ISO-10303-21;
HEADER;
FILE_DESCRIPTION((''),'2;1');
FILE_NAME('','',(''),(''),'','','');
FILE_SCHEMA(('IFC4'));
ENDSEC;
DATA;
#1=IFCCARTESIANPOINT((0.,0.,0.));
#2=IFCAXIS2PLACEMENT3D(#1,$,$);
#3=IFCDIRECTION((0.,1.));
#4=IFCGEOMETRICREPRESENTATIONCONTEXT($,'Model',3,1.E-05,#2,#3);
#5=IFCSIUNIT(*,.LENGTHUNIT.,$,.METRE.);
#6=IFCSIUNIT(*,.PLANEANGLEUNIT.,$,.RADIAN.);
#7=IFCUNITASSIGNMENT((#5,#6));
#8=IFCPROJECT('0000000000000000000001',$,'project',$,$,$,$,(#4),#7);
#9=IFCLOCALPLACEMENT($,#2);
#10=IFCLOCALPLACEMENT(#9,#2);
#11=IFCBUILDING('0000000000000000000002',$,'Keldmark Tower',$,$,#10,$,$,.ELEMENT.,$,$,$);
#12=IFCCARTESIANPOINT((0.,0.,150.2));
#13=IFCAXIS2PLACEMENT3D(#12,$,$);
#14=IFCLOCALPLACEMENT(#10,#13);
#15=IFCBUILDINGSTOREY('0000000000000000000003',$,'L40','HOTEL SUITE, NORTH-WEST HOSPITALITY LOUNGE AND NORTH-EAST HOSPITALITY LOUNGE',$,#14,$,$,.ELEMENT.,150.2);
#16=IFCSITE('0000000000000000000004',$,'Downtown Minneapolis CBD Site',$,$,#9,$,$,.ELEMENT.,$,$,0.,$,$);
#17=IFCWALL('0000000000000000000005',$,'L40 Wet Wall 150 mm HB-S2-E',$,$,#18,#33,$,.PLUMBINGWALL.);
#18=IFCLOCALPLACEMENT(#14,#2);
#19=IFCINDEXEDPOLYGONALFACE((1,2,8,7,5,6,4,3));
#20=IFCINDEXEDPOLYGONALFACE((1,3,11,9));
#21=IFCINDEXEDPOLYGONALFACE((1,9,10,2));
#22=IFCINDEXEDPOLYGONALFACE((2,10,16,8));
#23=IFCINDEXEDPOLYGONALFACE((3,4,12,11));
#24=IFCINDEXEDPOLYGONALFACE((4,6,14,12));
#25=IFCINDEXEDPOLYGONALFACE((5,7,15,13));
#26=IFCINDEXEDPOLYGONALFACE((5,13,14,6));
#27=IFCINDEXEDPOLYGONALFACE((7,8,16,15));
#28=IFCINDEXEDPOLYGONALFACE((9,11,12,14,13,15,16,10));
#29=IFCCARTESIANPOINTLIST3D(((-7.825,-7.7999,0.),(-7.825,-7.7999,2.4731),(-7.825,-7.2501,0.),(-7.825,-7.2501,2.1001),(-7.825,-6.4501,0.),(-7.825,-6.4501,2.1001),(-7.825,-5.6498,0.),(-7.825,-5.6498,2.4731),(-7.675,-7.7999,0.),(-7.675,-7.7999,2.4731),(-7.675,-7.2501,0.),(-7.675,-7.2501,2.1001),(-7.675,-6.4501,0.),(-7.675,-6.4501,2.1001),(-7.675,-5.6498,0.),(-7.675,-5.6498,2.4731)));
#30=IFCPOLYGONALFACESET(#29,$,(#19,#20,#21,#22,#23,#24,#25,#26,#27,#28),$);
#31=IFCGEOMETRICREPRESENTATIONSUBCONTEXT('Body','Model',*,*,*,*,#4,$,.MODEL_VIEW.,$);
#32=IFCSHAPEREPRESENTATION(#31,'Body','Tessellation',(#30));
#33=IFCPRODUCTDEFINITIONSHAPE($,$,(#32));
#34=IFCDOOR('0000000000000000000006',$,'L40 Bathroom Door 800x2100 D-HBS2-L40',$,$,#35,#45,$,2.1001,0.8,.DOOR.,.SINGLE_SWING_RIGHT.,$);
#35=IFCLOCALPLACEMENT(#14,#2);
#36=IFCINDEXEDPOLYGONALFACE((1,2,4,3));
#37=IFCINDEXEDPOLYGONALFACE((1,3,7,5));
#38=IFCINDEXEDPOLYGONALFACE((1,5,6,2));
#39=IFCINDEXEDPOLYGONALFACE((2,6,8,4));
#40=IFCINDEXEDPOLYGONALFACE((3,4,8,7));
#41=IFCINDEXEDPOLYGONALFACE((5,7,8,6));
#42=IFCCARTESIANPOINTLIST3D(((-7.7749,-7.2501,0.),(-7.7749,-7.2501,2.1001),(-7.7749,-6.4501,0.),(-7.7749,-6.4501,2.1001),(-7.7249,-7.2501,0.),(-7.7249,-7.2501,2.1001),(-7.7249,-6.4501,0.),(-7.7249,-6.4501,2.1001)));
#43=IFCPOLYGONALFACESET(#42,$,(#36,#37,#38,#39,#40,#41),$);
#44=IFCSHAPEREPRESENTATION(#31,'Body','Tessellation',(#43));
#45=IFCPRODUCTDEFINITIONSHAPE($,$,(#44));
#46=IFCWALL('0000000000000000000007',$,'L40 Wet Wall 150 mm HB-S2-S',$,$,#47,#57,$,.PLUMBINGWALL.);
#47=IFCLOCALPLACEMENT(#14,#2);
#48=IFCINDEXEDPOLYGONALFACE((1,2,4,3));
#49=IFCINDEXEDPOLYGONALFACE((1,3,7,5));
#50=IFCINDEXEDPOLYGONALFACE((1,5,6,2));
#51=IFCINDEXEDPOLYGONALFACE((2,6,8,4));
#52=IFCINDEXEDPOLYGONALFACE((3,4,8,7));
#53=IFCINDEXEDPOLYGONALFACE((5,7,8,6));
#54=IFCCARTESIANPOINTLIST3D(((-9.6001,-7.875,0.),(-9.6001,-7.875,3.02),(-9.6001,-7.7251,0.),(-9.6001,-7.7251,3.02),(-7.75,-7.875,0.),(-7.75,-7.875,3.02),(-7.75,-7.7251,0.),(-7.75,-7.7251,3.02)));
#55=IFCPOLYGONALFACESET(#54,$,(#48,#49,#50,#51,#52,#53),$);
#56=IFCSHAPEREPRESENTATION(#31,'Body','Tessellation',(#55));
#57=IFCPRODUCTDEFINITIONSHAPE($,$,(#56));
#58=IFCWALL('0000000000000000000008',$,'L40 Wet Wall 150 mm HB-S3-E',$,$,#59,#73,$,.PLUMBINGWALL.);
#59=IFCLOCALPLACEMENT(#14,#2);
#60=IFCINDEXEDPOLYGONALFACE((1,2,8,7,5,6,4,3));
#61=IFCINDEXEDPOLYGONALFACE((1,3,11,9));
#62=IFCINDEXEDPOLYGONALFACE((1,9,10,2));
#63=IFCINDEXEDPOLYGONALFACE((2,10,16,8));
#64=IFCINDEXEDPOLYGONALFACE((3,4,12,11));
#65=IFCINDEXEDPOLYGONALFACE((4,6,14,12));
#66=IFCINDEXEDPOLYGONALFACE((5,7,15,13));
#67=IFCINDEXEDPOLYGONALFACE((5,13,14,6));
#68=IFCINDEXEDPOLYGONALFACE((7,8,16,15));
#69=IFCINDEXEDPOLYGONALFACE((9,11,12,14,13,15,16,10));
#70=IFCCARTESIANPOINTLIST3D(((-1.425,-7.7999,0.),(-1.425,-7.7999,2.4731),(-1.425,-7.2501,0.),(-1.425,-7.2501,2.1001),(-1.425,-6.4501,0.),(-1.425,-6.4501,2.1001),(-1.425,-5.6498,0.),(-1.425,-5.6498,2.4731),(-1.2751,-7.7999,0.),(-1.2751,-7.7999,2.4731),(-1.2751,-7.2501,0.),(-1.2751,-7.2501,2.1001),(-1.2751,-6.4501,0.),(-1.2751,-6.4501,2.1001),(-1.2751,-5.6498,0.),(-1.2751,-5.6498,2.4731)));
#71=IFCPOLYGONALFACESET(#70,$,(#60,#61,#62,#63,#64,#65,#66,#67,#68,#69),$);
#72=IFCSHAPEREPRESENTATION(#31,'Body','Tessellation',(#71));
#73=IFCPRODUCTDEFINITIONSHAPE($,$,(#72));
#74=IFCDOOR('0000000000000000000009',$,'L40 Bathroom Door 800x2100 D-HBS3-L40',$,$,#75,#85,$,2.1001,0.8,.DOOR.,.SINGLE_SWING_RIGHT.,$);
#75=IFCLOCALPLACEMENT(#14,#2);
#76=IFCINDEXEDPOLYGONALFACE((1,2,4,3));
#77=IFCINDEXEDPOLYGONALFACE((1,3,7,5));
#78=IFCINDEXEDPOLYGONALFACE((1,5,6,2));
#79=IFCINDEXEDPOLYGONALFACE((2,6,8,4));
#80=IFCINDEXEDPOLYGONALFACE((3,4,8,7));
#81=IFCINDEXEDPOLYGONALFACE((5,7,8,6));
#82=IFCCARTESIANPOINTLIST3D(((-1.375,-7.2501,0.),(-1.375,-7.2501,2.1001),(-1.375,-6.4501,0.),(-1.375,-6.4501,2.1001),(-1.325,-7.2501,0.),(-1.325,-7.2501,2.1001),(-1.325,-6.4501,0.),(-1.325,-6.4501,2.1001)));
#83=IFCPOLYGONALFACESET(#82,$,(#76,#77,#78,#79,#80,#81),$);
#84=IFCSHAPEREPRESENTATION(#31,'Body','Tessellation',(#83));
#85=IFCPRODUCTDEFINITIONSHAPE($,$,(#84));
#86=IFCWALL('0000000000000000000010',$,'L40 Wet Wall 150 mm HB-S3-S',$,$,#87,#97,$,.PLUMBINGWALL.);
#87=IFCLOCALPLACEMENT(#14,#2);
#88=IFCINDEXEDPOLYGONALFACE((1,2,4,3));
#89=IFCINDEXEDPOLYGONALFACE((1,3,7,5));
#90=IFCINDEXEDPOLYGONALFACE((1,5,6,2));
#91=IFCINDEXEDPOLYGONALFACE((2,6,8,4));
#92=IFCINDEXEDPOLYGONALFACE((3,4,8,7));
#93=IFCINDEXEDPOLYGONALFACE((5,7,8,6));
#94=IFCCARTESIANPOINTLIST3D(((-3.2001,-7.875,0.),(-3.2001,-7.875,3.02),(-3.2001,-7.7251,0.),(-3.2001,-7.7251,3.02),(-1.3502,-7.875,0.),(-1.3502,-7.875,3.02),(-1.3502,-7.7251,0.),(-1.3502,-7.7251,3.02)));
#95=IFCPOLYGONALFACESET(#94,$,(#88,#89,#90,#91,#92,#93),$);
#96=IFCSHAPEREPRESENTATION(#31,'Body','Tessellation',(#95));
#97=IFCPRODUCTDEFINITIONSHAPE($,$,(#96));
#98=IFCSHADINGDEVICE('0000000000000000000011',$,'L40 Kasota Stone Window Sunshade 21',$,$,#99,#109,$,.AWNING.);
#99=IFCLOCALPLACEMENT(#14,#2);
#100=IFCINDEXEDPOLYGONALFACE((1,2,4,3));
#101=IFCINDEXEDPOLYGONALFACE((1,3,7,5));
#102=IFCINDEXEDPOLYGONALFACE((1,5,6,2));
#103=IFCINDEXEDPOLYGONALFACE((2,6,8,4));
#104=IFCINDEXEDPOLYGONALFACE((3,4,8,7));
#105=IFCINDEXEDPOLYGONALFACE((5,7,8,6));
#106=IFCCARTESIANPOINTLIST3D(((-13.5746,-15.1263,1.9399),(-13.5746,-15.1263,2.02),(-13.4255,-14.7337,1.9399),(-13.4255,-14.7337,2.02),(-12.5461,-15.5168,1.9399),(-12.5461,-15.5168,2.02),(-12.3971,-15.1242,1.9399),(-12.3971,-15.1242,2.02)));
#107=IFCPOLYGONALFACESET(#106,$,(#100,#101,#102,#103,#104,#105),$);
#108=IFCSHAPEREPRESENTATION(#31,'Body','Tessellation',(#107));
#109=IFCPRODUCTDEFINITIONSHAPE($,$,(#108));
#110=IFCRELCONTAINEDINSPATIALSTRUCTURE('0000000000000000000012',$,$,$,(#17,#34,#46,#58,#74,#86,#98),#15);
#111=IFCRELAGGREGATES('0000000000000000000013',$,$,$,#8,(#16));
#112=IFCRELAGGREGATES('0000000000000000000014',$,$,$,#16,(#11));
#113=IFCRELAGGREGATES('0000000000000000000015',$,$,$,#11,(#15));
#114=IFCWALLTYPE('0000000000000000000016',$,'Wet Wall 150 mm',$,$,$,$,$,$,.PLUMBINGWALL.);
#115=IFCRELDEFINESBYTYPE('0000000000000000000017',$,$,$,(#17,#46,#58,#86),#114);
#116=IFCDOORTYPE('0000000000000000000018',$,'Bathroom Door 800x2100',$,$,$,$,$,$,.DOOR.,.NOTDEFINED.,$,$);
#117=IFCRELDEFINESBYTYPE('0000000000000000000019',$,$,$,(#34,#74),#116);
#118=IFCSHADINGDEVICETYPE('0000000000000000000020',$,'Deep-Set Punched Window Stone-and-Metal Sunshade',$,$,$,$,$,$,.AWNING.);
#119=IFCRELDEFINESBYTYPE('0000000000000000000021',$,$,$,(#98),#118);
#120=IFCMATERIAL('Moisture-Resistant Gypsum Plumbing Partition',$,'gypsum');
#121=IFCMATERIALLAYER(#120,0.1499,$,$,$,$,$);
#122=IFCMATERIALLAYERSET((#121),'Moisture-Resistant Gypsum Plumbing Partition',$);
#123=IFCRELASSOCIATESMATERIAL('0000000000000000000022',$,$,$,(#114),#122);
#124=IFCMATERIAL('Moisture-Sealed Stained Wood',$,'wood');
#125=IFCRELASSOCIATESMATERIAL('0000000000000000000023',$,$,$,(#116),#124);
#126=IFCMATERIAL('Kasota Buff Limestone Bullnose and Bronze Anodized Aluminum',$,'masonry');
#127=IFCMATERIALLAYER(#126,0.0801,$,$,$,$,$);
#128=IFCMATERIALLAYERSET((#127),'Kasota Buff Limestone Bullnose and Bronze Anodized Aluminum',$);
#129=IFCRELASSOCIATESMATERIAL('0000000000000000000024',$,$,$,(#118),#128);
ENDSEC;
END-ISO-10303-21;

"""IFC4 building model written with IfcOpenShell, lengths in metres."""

from ifc_helpers import new_model, si_unit, direction, frame, frame_2d, origin, origin_2d, place, context, subcontext, project, spatial, rectangle, extrude, material, layer, layer_set, type_object, element, fill, save


model = new_model("IFC4")

# Units and contexts
model_context = context("Model", 3, precision=1e-05, world=origin(), true_north=direction((0.0, 1.0)))
body_context = subcontext(model_context, "Body", "Model", "MODEL_VIEW")
ifc_project = project(units=[si_unit("LENGTHUNIT", "METRE"), si_unit("PLANEANGLEUNIT", "RADIAN")], contexts=[model_context])

# Site, building, storey
site_placement = place(None, origin())
site = spatial("IfcSite", under=ifc_project, at=site_placement, Name="Downtown Minneapolis CBD Site", CompositionType="ELEMENT", RefElevation=0.0)
building_placement = place(site_placement, origin())
building = spatial("IfcBuilding", under=site, at=building_placement, Name="Keldmark Tower", CompositionType="ELEMENT")
storey_placement = place(building_placement, frame((0.0, 0.0, 150.2)))
storey = spatial("IfcBuildingStorey", under=building, at=storey_placement, Name="L40", Description="HOTEL SUITE, NORTH-WEST HOSPITALITY LOUNGE AND NORTH-EAST HOSPITALITY LOUNGE", CompositionType="ELEMENT", Elevation=150.2)

# Shared definitions
ifc_material_1 = material(Name="Moisture-Resistant Gypsum Plumbing Partition", Category="gypsum")
ifc_layer_1 = layer(ifc_material_1, 0.1499)
ifc_layer_set_1 = layer_set([ifc_layer_1], Name="Moisture-Resistant Gypsum Plumbing Partition")
wall_type_1 = type_object("IfcWallType", Name="Wet Wall 150 mm", PredefinedType="PLUMBINGWALL", material=ifc_layer_set_1)

# Wall, opening, door
wall_1_placement = place(storey_placement, frame((-7.75, -7.8, 0.0), z_axis=(0.0, 0.0, 1.0), x_axis=(0.0, 1.0, 0.0)))
wall_1 = element("IfcWall", 1, at=wall_1_placement, inside=storey, type_object=wall_type_1, Name="L40 Wet Wall 150 mm HB-S2-E", PredefinedType="PLUMBINGWALL", context=body_context, shape_type="SweptSolid", body=[
    extrude(rectangle(XDim=2.1501, YDim=0.1499, at=frame_2d((1.0752, 0.0))), origin(), (0.0, 0.0, 1.0), 2.4731),
])
opening_1_placement = place(wall_1_placement, frame((0.55, 0.0, 0.0)))
opening_1 = element("IfcOpeningElement", 2, at=opening_1_placement, cuts=wall_1, PredefinedType="OPENING", context=body_context, shape_type="SweptSolid", body=[
    extrude(rectangle(XDim=0.8, YDim=2.1001, at=frame_2d((0.3999, 1.05))), frame((0.0, 0.085, 0.0), z_axis=(0.0, -1.0, 0.0), x_axis=(1.0, 0.0, 0.0)), (0.0, 0.0, 1.0), 0.1699),
])
ifc_material_2 = material(Name="Moisture-Sealed Stained Wood", Category="wood")
door_type = type_object("IfcDoorType", Name="Bathroom Door 800x2100", OperationType="NOTDEFINED", PredefinedType="DOOR", material=ifc_material_2)
door_1_placement = place(opening_1_placement, origin())
door_1 = element("IfcDoor", 3, at=door_1_placement, inside=storey, type_object=door_type, Name="L40 Bathroom Door 800x2100 D-HBS2-L40", OperationType="SINGLE_SWING_RIGHT", OverallHeight=2.1001, OverallWidth=0.8, PredefinedType="DOOR", context=body_context, shape_type="SweptSolid", body=[
    extrude(rectangle(XDim=0.8, YDim=2.1001, at=frame_2d((0.3999, 1.05))), frame((0.0, 0.0249, 0.0), z_axis=(0.0, -1.0, 0.0), x_axis=(1.0, 0.0, 0.0)), (0.0, 0.0, 1.0), 0.05),
])
fill(opening_1, door_1)

# Wall
wall_2_placement = place(storey_placement, frame((-9.6001, -7.8, 0.0), z_axis=(0.0, 0.0, 1.0), x_axis=(1.0, 0.0, 0.0)))
element("IfcWall", 4, at=wall_2_placement, inside=storey, type_object=wall_type_1, Name="L40 Wet Wall 150 mm HB-S2-S", PredefinedType="PLUMBINGWALL", context=body_context, shape_type="SweptSolid", body=[
    extrude(rectangle(XDim=1.8501, YDim=0.1499, at=frame_2d((0.925, 0.0))), origin(), (0.0, 0.0, 1.0), 3.02),
])

# Wall, opening, door
wall_3_placement = place(storey_placement, frame((-1.3501, -7.8, 0.0), z_axis=(0.0, 0.0, 1.0), x_axis=(0.0, 1.0, 0.0)))
wall_3 = element("IfcWall", 5, at=wall_3_placement, inside=storey, type_object=wall_type_1, Name="L40 Wet Wall 150 mm HB-S3-E", PredefinedType="PLUMBINGWALL", context=body_context, shape_type="SweptSolid", body=[
    extrude(rectangle(XDim=2.1501, YDim=0.1499, at=frame_2d((1.0752, 0.0))), origin(), (0.0, 0.0, 1.0), 2.4731),
])
opening_2_placement = place(wall_3_placement, frame((0.55, 0.0, 0.0)))
opening_2 = element("IfcOpeningElement", 6, at=opening_2_placement, cuts=wall_3, PredefinedType="OPENING", context=body_context, shape_type="SweptSolid", body=[
    extrude(rectangle(XDim=0.8, YDim=2.1001, at=frame_2d((0.3999, 1.05))), frame((0.0, 0.085, 0.0), z_axis=(0.0, -1.0, 0.0), x_axis=(1.0, 0.0, 0.0)), (0.0, 0.0, 1.0), 0.1699),
])
door_2_placement = place(opening_2_placement, origin())
door_2 = element("IfcDoor", 7, at=door_2_placement, inside=storey, type_object=door_type, Name="L40 Bathroom Door 800x2100 D-HBS3-L40", OperationType="SINGLE_SWING_RIGHT", OverallHeight=2.1001, OverallWidth=0.8, PredefinedType="DOOR", context=body_context, shape_type="SweptSolid", body=[
    extrude(rectangle(XDim=0.8, YDim=2.1001, at=frame_2d((0.3999, 1.05))), frame((0.0, 0.0249, 0.0), z_axis=(0.0, -1.0, 0.0), x_axis=(1.0, 0.0, 0.0)), (0.0, 0.0, 1.0), 0.05),
])
fill(opening_2, door_2)

# Wall
wall_4_placement = place(storey_placement, frame((-3.2, -7.8, 0.0), z_axis=(0.0, 0.0, 1.0), x_axis=(1.0, 0.0, 0.0)))
element("IfcWall", 8, at=wall_4_placement, inside=storey, type_object=wall_type_1, Name="L40 Wet Wall 150 mm HB-S3-S", PredefinedType="PLUMBINGWALL", context=body_context, shape_type="SweptSolid", body=[
    extrude(rectangle(XDim=1.8499, YDim=0.1499, at=frame_2d((0.9248, 0.0))), origin(), (0.0, 0.0, 1.0), 3.02),
])

# Shading device
ifc_material_3 = material(Name="Kasota Buff Limestone Bullnose and Bronze Anodized Aluminum", Category="masonry")
ifc_layer_2 = layer(ifc_material_3, 0.0801)
ifc_layer_set_2 = layer_set([ifc_layer_2], Name="Kasota Buff Limestone Bullnose and Bronze Anodized Aluminum")
shading_device_type = type_object("IfcShadingDeviceType", Name="Deep-Set Punched Window Stone-and-Metal Sunshade", PredefinedType="AWNING", material=ifc_layer_set_2)
shading_device_placement = place(storey_placement, frame((-12.9858, -15.1252, 1.9399), z_axis=(0.0, 0.0, 1.0), x_axis=(-0.934875, 0.354976, 0.0)))
element("IfcShadingDevice", 9, at=shading_device_placement, inside=storey, type_object=shading_device_type, Name="L40 Kasota Stone Window Sunshade 21", PredefinedType="AWNING", context=body_context, shape_type="SweptSolid", body=[
    extrude(rectangle(XDim=1.1001, YDim=0.4199, at=origin_2d()), origin(), (0.0, 0.0, 1.0), 0.0801),
])

save(model, "model.ifc")
